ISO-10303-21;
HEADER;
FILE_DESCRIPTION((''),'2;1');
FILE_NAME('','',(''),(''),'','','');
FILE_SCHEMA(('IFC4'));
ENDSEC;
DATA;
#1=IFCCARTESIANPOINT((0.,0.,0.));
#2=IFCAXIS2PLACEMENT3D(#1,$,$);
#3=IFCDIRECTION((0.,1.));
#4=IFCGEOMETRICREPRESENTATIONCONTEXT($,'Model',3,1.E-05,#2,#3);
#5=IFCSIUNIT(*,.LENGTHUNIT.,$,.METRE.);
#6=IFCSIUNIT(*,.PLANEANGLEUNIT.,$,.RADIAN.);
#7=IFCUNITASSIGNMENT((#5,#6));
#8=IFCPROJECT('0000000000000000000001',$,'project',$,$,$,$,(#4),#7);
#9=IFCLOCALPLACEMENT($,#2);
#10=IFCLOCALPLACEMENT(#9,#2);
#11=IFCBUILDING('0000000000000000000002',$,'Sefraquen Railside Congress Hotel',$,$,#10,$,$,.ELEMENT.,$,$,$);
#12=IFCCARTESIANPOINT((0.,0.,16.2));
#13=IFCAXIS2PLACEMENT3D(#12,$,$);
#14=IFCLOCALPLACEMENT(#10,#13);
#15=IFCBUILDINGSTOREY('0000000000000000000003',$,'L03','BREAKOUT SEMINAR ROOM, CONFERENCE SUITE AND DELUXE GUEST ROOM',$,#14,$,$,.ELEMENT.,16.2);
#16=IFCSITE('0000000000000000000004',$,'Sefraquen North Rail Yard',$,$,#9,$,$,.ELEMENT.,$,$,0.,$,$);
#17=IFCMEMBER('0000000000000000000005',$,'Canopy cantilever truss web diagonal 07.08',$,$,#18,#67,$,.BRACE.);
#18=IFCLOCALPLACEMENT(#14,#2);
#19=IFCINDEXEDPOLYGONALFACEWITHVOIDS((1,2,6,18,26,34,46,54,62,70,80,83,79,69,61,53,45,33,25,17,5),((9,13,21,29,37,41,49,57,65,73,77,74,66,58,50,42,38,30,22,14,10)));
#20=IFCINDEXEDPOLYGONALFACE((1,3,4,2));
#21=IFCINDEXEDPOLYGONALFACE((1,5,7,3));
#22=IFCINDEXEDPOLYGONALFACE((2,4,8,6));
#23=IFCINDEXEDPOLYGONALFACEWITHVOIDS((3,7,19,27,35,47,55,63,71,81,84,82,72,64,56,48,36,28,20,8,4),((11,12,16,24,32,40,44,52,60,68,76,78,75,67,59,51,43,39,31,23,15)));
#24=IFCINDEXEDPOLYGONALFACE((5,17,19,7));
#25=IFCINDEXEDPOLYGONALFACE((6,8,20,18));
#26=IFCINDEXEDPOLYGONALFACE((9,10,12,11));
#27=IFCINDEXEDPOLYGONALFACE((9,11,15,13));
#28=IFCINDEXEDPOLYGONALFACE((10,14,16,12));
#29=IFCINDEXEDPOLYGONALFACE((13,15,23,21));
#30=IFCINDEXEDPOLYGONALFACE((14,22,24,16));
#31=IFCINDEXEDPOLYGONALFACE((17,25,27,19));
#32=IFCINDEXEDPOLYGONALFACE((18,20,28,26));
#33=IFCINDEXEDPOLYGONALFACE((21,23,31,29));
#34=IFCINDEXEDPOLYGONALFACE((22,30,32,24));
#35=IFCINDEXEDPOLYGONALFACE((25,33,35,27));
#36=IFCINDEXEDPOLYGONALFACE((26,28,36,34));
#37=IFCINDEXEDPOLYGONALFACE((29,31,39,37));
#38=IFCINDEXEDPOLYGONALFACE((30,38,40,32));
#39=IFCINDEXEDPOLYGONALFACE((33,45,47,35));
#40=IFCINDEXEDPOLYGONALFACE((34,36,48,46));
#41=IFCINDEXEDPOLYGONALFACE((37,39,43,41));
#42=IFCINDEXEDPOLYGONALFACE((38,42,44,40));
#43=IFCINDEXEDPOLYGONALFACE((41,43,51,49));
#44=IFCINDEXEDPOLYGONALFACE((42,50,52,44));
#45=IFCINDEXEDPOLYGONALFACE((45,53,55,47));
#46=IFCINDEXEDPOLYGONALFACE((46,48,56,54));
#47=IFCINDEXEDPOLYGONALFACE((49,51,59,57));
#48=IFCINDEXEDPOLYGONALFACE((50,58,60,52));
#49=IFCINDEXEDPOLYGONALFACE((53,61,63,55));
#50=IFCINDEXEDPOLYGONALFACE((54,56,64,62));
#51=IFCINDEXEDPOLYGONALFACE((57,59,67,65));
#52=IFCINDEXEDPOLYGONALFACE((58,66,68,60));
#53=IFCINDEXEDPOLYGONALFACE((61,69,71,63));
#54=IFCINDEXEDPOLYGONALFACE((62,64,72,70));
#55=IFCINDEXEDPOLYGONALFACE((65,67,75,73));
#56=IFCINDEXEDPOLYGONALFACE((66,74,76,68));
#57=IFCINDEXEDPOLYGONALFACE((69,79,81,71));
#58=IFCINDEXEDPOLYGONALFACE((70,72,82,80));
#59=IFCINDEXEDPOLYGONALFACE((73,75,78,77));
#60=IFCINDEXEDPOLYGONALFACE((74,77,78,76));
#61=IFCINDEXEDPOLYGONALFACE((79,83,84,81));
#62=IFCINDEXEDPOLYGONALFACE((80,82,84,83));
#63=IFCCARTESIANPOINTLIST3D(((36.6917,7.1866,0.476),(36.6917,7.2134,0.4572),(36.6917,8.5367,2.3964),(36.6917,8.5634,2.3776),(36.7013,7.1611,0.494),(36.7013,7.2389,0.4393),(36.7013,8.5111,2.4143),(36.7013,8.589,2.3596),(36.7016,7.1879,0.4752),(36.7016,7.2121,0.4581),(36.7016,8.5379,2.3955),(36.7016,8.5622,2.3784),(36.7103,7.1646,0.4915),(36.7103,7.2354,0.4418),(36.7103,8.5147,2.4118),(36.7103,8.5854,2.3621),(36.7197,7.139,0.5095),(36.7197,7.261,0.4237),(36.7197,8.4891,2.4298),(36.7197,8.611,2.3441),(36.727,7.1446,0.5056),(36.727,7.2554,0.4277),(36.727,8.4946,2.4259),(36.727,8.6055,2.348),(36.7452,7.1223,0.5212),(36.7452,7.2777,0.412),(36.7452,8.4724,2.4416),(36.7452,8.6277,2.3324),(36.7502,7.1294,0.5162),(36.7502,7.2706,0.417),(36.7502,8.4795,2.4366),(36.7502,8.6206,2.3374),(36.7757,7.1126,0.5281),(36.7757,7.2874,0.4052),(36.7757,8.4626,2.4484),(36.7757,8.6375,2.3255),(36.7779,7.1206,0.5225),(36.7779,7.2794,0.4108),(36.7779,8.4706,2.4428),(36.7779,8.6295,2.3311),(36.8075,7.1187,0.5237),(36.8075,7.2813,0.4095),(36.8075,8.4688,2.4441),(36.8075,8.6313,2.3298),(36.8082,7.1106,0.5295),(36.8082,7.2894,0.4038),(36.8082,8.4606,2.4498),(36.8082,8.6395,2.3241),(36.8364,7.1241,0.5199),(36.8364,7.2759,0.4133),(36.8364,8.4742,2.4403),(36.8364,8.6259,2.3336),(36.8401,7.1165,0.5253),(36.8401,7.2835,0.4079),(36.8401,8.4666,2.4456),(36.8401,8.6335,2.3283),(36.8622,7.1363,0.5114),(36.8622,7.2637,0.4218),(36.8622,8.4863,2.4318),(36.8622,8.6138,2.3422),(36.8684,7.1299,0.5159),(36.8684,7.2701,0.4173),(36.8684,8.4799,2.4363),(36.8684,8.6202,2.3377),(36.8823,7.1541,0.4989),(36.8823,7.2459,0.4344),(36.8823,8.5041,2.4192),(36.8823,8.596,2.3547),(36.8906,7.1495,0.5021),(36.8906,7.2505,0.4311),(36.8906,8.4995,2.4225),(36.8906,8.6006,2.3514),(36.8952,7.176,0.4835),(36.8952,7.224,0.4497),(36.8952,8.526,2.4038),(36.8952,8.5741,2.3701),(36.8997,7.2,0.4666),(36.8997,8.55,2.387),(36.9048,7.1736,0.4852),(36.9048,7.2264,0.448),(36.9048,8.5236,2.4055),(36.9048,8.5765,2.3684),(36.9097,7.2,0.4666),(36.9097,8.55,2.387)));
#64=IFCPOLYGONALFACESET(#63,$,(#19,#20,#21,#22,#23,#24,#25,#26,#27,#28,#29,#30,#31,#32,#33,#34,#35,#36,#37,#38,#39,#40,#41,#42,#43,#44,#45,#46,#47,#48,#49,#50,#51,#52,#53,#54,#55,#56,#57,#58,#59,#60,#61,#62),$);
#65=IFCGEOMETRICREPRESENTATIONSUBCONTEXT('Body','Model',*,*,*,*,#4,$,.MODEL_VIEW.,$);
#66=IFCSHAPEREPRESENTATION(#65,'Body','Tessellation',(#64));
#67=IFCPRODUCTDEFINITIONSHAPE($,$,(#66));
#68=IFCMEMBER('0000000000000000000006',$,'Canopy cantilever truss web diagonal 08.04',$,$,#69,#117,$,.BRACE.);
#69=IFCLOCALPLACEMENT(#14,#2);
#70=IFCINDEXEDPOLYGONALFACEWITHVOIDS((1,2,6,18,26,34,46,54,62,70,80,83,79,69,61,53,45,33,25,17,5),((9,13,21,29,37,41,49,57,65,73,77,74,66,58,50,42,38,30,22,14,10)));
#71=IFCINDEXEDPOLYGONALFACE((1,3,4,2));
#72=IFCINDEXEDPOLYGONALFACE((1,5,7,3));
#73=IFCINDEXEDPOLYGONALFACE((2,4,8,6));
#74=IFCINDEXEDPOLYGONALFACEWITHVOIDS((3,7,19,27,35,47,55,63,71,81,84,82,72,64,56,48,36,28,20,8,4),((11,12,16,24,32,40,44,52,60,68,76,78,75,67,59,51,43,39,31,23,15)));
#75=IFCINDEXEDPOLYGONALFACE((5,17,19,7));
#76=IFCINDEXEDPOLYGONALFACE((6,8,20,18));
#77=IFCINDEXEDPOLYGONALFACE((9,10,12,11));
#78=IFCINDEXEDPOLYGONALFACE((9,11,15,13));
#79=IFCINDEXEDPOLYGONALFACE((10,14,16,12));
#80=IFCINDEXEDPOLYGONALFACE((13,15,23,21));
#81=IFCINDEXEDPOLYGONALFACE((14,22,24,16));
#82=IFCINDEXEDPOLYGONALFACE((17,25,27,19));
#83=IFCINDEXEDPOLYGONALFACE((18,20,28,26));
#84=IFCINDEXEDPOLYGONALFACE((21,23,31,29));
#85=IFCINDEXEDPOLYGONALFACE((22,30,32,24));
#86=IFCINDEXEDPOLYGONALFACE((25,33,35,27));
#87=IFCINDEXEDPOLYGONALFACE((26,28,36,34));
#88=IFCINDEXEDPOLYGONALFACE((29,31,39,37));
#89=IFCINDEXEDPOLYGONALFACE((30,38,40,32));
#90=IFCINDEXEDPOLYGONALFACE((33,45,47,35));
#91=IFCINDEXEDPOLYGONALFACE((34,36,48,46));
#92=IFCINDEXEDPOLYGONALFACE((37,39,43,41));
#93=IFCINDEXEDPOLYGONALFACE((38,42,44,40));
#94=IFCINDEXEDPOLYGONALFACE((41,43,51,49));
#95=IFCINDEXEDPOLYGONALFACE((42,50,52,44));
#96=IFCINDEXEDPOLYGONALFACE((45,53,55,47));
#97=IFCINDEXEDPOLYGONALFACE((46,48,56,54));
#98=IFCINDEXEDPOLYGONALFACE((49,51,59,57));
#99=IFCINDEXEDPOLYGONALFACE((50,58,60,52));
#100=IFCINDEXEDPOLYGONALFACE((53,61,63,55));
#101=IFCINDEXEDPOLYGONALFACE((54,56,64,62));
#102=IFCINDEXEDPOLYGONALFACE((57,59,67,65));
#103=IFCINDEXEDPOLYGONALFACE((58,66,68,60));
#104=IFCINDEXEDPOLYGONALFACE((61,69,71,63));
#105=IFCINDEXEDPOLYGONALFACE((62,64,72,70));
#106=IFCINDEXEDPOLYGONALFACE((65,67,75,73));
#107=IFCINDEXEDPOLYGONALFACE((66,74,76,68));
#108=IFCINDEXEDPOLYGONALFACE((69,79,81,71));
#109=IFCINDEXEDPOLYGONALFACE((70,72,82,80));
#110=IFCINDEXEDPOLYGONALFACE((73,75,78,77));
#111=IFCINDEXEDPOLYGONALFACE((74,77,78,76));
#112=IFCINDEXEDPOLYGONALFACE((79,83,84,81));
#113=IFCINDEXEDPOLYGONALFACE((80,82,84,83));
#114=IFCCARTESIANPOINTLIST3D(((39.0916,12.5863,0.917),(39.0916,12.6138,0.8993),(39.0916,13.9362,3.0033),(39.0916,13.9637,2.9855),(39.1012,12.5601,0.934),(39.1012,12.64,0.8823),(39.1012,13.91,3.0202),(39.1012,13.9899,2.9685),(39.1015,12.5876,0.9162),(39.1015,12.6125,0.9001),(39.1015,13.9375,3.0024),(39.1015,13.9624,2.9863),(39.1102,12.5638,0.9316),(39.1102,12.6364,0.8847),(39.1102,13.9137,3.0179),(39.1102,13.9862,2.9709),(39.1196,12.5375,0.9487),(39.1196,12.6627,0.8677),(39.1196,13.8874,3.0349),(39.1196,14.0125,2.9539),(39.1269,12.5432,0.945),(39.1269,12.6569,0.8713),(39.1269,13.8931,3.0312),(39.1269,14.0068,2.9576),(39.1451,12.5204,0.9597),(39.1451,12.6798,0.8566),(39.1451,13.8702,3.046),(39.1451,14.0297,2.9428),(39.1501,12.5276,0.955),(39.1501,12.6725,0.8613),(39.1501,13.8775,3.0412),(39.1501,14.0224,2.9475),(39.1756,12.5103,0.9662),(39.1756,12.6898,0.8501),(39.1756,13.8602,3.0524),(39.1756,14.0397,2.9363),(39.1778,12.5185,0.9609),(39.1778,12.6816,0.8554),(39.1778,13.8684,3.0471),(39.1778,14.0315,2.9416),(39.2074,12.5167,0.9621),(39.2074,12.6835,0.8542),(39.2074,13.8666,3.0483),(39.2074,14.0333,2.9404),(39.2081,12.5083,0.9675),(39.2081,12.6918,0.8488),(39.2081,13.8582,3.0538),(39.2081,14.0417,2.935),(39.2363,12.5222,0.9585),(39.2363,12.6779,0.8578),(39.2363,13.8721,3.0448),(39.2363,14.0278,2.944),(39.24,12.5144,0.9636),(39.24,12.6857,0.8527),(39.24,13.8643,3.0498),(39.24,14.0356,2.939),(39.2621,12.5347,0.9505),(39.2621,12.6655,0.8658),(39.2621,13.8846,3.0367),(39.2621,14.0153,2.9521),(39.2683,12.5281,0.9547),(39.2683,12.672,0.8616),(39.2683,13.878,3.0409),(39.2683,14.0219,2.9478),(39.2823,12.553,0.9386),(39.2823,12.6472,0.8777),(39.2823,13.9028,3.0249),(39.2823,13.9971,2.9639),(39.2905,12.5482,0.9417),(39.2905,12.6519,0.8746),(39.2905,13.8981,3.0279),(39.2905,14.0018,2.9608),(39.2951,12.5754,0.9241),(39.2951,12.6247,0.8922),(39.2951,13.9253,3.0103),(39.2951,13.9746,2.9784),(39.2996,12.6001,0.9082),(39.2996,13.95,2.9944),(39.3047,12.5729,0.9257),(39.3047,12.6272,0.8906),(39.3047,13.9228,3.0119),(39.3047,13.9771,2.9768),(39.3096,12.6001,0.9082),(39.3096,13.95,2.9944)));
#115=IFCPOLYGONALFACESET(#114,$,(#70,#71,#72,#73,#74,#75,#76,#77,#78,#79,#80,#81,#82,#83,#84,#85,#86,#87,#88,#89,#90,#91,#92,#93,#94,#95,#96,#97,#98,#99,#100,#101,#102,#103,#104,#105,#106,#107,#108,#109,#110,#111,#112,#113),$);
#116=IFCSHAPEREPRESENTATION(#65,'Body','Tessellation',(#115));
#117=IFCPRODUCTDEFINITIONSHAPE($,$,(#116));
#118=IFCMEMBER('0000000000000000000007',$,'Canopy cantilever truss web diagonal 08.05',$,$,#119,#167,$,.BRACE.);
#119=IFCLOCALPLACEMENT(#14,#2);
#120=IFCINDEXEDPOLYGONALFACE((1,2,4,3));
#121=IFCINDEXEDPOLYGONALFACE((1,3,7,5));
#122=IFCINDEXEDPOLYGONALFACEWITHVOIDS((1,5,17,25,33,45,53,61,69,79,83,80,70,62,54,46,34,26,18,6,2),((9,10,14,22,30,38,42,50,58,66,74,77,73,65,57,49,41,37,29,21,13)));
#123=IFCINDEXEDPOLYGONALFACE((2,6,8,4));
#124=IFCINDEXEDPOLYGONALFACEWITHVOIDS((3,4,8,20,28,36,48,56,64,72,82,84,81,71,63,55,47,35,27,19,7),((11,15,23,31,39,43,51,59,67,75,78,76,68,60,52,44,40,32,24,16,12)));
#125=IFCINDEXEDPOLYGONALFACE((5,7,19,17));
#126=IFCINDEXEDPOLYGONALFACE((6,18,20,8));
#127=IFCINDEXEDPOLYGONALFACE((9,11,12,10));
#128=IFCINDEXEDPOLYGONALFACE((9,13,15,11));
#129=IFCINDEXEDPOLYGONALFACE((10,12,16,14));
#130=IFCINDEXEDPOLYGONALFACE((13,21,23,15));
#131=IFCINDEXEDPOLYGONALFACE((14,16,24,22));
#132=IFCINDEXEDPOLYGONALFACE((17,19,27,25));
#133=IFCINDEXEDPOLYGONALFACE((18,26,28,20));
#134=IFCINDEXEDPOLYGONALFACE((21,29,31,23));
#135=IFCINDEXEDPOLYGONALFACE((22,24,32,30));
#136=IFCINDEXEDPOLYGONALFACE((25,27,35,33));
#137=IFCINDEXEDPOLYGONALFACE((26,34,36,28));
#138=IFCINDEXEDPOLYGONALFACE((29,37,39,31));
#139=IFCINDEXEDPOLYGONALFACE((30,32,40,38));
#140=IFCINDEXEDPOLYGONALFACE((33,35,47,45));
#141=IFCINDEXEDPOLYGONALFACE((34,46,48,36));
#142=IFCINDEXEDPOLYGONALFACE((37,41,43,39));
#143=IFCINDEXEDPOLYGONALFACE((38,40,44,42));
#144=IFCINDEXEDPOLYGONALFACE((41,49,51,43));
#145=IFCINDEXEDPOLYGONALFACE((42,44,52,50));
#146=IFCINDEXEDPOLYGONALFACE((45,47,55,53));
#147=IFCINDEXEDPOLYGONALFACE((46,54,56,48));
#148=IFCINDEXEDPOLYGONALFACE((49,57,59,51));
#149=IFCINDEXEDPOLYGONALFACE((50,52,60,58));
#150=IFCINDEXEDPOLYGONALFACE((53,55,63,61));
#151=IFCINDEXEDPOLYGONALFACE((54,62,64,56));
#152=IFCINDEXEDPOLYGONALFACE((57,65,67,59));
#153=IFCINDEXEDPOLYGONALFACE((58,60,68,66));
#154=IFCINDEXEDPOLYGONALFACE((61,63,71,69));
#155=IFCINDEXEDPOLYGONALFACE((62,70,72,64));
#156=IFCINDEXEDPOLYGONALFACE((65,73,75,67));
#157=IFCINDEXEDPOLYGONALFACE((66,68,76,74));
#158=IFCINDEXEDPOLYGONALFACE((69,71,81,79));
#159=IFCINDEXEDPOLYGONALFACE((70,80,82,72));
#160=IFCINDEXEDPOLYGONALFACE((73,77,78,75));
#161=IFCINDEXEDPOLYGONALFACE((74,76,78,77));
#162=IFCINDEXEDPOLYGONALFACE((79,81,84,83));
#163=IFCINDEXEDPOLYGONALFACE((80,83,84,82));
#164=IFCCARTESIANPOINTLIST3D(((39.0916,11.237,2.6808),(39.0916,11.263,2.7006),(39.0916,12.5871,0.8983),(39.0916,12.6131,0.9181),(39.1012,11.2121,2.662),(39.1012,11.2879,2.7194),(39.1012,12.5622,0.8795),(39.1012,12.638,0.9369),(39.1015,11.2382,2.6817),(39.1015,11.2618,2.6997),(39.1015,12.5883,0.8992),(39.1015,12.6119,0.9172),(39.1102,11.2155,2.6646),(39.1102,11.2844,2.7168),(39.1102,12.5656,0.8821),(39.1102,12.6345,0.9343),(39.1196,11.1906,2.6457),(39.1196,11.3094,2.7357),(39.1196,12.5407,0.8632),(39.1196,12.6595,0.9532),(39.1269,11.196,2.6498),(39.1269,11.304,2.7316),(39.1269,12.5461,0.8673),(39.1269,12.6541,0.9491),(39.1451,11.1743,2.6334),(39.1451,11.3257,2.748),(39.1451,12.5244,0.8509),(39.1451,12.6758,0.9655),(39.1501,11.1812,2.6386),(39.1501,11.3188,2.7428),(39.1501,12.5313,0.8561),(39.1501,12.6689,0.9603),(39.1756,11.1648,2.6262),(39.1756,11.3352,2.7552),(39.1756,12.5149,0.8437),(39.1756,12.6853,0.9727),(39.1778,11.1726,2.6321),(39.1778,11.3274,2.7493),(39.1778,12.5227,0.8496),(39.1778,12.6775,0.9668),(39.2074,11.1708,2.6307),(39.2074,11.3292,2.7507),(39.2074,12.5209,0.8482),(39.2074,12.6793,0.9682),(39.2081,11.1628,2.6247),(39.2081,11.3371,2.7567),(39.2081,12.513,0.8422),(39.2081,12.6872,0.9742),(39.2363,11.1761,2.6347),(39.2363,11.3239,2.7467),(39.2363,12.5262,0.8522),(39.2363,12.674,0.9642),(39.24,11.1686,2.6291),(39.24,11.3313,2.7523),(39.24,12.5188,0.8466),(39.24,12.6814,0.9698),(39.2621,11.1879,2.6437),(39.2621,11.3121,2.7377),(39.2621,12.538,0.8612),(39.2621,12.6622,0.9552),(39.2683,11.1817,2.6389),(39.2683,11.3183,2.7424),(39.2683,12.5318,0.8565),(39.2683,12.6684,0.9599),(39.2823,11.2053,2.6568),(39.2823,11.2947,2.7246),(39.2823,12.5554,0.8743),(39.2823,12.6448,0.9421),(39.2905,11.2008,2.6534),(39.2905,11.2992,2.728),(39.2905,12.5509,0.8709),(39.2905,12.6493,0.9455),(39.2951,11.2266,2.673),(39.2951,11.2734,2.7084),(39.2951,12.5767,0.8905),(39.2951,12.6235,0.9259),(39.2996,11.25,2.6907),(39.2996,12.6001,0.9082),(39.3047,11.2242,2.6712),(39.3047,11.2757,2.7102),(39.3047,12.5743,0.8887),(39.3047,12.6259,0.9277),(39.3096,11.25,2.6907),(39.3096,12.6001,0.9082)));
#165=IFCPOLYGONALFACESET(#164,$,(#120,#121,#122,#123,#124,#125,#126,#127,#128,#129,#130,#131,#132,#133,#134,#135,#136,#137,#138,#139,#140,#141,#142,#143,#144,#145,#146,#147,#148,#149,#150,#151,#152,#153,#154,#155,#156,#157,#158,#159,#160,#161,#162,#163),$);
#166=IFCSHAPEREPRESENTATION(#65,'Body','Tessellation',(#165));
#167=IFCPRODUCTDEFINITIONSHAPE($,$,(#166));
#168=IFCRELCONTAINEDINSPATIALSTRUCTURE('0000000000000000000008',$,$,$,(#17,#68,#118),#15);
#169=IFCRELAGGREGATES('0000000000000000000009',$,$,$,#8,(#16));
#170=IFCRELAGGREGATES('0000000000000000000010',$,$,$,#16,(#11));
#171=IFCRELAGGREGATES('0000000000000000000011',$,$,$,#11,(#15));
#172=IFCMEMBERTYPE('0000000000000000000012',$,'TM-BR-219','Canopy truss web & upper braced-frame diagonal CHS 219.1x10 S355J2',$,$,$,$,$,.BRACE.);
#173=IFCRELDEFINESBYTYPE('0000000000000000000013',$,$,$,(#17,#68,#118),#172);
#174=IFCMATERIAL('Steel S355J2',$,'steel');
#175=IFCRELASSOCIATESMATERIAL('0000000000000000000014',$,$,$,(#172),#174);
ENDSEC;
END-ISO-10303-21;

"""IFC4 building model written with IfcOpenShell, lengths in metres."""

from ifc_helpers import new_model, si_unit, direction, frame, origin, origin_2d, place, context, subcontext, project, spatial, hollow_circle, extrude, material, material_profile, profile_set, type_object, element, save


model = new_model("IFC4")

# Units and contexts
model_context = context("Model", 3, precision=1e-05, world=origin(), true_north=direction((0.0, 1.0)))
body_context = subcontext(model_context, "Body", "Model", "MODEL_VIEW")
ifc_project = project(units=[si_unit("LENGTHUNIT", "METRE"), si_unit("PLANEANGLEUNIT", "RADIAN")], contexts=[model_context])

# Site, building, storey
site_placement = place(None, origin())
site = spatial("IfcSite", under=ifc_project, at=site_placement, Name="Sefraquen North Rail Yard", CompositionType="ELEMENT", RefElevation=0.0)
building_placement = place(site_placement, origin())
building = spatial("IfcBuilding", under=site, at=building_placement, Name="Sefraquen Railside Congress Hotel", CompositionType="ELEMENT")
storey_placement = place(building_placement, frame((0.0, 0.0, 16.2)))
storey = spatial("IfcBuildingStorey", under=building, at=storey_placement, Name="L03", Description="BREAKOUT SEMINAR ROOM, CONFERENCE SUITE AND DELUXE GUEST ROOM", CompositionType="ELEMENT", Elevation=16.2)

# Members
ifc_material = material(Name="Steel S355J2", Category="steel")
ifc_material_profile = material_profile(ifc_material, hollow_circle(Radius=0.1096, WallThickness=0.01, at=origin_2d()), Name="CHS 219.1x10")
ifc_profile_set = profile_set([ifc_material_profile], Name="Steel S355J2")
member_type = type_object("IfcMemberType", Name="TM-BR-219", Description="Canopy truss web & upper braced-frame diagonal CHS 219.1x10 S355J2", PredefinedType="BRACE", material=ifc_profile_set)
member_1_placement = place(storey_placement, frame((36.8, 8.55, 2.387), z_axis=(0.0, -0.575122, -0.818067), x_axis=(1.0, 0.0, 0.0)))
element("IfcMember", 1, at=member_1_placement, inside=storey, type_object=member_type, Name="Canopy cantilever truss web diagonal 07.08", PredefinedType="BRACE", context=body_context, shape_type="SweptSolid", body=[
    extrude(hollow_circle(Radius=0.1096, WallThickness=0.01, at=origin_2d()), origin(), (0.0, 0.0, 1.0), 2.3474),
])
member_2_placement = place(storey_placement, frame((39.2, 13.95, 2.9944), z_axis=(0.0, -0.543243, -0.839575), x_axis=(1.0, 0.0, 0.0)))
element("IfcMember", 2, at=member_2_placement, inside=storey, type_object=member_type, Name="Canopy cantilever truss web diagonal 08.04", PredefinedType="BRACE", context=body_context, shape_type="SweptSolid", body=[
    extrude(hollow_circle(Radius=0.1096, WallThickness=0.01, at=origin_2d()), origin(), (0.0, 0.0, 1.0), 2.4849),
])
member_3_placement = place(storey_placement, frame((39.2, 12.6001, 0.9082), z_axis=(0.0, -0.603784, 0.797148), x_axis=(1.0, 0.0, 0.0)))
element("IfcMember", 3, at=member_3_placement, inside=storey, type_object=member_type, Name="Canopy cantilever truss web diagonal 08.05", PredefinedType="BRACE", context=body_context, shape_type="SweptSolid", body=[
    extrude(hollow_circle(Radius=0.1096, WallThickness=0.01, at=origin_2d()), origin(), (0.0, 0.0, 1.0), 2.2361),
])

save(model, "model.ifc")
